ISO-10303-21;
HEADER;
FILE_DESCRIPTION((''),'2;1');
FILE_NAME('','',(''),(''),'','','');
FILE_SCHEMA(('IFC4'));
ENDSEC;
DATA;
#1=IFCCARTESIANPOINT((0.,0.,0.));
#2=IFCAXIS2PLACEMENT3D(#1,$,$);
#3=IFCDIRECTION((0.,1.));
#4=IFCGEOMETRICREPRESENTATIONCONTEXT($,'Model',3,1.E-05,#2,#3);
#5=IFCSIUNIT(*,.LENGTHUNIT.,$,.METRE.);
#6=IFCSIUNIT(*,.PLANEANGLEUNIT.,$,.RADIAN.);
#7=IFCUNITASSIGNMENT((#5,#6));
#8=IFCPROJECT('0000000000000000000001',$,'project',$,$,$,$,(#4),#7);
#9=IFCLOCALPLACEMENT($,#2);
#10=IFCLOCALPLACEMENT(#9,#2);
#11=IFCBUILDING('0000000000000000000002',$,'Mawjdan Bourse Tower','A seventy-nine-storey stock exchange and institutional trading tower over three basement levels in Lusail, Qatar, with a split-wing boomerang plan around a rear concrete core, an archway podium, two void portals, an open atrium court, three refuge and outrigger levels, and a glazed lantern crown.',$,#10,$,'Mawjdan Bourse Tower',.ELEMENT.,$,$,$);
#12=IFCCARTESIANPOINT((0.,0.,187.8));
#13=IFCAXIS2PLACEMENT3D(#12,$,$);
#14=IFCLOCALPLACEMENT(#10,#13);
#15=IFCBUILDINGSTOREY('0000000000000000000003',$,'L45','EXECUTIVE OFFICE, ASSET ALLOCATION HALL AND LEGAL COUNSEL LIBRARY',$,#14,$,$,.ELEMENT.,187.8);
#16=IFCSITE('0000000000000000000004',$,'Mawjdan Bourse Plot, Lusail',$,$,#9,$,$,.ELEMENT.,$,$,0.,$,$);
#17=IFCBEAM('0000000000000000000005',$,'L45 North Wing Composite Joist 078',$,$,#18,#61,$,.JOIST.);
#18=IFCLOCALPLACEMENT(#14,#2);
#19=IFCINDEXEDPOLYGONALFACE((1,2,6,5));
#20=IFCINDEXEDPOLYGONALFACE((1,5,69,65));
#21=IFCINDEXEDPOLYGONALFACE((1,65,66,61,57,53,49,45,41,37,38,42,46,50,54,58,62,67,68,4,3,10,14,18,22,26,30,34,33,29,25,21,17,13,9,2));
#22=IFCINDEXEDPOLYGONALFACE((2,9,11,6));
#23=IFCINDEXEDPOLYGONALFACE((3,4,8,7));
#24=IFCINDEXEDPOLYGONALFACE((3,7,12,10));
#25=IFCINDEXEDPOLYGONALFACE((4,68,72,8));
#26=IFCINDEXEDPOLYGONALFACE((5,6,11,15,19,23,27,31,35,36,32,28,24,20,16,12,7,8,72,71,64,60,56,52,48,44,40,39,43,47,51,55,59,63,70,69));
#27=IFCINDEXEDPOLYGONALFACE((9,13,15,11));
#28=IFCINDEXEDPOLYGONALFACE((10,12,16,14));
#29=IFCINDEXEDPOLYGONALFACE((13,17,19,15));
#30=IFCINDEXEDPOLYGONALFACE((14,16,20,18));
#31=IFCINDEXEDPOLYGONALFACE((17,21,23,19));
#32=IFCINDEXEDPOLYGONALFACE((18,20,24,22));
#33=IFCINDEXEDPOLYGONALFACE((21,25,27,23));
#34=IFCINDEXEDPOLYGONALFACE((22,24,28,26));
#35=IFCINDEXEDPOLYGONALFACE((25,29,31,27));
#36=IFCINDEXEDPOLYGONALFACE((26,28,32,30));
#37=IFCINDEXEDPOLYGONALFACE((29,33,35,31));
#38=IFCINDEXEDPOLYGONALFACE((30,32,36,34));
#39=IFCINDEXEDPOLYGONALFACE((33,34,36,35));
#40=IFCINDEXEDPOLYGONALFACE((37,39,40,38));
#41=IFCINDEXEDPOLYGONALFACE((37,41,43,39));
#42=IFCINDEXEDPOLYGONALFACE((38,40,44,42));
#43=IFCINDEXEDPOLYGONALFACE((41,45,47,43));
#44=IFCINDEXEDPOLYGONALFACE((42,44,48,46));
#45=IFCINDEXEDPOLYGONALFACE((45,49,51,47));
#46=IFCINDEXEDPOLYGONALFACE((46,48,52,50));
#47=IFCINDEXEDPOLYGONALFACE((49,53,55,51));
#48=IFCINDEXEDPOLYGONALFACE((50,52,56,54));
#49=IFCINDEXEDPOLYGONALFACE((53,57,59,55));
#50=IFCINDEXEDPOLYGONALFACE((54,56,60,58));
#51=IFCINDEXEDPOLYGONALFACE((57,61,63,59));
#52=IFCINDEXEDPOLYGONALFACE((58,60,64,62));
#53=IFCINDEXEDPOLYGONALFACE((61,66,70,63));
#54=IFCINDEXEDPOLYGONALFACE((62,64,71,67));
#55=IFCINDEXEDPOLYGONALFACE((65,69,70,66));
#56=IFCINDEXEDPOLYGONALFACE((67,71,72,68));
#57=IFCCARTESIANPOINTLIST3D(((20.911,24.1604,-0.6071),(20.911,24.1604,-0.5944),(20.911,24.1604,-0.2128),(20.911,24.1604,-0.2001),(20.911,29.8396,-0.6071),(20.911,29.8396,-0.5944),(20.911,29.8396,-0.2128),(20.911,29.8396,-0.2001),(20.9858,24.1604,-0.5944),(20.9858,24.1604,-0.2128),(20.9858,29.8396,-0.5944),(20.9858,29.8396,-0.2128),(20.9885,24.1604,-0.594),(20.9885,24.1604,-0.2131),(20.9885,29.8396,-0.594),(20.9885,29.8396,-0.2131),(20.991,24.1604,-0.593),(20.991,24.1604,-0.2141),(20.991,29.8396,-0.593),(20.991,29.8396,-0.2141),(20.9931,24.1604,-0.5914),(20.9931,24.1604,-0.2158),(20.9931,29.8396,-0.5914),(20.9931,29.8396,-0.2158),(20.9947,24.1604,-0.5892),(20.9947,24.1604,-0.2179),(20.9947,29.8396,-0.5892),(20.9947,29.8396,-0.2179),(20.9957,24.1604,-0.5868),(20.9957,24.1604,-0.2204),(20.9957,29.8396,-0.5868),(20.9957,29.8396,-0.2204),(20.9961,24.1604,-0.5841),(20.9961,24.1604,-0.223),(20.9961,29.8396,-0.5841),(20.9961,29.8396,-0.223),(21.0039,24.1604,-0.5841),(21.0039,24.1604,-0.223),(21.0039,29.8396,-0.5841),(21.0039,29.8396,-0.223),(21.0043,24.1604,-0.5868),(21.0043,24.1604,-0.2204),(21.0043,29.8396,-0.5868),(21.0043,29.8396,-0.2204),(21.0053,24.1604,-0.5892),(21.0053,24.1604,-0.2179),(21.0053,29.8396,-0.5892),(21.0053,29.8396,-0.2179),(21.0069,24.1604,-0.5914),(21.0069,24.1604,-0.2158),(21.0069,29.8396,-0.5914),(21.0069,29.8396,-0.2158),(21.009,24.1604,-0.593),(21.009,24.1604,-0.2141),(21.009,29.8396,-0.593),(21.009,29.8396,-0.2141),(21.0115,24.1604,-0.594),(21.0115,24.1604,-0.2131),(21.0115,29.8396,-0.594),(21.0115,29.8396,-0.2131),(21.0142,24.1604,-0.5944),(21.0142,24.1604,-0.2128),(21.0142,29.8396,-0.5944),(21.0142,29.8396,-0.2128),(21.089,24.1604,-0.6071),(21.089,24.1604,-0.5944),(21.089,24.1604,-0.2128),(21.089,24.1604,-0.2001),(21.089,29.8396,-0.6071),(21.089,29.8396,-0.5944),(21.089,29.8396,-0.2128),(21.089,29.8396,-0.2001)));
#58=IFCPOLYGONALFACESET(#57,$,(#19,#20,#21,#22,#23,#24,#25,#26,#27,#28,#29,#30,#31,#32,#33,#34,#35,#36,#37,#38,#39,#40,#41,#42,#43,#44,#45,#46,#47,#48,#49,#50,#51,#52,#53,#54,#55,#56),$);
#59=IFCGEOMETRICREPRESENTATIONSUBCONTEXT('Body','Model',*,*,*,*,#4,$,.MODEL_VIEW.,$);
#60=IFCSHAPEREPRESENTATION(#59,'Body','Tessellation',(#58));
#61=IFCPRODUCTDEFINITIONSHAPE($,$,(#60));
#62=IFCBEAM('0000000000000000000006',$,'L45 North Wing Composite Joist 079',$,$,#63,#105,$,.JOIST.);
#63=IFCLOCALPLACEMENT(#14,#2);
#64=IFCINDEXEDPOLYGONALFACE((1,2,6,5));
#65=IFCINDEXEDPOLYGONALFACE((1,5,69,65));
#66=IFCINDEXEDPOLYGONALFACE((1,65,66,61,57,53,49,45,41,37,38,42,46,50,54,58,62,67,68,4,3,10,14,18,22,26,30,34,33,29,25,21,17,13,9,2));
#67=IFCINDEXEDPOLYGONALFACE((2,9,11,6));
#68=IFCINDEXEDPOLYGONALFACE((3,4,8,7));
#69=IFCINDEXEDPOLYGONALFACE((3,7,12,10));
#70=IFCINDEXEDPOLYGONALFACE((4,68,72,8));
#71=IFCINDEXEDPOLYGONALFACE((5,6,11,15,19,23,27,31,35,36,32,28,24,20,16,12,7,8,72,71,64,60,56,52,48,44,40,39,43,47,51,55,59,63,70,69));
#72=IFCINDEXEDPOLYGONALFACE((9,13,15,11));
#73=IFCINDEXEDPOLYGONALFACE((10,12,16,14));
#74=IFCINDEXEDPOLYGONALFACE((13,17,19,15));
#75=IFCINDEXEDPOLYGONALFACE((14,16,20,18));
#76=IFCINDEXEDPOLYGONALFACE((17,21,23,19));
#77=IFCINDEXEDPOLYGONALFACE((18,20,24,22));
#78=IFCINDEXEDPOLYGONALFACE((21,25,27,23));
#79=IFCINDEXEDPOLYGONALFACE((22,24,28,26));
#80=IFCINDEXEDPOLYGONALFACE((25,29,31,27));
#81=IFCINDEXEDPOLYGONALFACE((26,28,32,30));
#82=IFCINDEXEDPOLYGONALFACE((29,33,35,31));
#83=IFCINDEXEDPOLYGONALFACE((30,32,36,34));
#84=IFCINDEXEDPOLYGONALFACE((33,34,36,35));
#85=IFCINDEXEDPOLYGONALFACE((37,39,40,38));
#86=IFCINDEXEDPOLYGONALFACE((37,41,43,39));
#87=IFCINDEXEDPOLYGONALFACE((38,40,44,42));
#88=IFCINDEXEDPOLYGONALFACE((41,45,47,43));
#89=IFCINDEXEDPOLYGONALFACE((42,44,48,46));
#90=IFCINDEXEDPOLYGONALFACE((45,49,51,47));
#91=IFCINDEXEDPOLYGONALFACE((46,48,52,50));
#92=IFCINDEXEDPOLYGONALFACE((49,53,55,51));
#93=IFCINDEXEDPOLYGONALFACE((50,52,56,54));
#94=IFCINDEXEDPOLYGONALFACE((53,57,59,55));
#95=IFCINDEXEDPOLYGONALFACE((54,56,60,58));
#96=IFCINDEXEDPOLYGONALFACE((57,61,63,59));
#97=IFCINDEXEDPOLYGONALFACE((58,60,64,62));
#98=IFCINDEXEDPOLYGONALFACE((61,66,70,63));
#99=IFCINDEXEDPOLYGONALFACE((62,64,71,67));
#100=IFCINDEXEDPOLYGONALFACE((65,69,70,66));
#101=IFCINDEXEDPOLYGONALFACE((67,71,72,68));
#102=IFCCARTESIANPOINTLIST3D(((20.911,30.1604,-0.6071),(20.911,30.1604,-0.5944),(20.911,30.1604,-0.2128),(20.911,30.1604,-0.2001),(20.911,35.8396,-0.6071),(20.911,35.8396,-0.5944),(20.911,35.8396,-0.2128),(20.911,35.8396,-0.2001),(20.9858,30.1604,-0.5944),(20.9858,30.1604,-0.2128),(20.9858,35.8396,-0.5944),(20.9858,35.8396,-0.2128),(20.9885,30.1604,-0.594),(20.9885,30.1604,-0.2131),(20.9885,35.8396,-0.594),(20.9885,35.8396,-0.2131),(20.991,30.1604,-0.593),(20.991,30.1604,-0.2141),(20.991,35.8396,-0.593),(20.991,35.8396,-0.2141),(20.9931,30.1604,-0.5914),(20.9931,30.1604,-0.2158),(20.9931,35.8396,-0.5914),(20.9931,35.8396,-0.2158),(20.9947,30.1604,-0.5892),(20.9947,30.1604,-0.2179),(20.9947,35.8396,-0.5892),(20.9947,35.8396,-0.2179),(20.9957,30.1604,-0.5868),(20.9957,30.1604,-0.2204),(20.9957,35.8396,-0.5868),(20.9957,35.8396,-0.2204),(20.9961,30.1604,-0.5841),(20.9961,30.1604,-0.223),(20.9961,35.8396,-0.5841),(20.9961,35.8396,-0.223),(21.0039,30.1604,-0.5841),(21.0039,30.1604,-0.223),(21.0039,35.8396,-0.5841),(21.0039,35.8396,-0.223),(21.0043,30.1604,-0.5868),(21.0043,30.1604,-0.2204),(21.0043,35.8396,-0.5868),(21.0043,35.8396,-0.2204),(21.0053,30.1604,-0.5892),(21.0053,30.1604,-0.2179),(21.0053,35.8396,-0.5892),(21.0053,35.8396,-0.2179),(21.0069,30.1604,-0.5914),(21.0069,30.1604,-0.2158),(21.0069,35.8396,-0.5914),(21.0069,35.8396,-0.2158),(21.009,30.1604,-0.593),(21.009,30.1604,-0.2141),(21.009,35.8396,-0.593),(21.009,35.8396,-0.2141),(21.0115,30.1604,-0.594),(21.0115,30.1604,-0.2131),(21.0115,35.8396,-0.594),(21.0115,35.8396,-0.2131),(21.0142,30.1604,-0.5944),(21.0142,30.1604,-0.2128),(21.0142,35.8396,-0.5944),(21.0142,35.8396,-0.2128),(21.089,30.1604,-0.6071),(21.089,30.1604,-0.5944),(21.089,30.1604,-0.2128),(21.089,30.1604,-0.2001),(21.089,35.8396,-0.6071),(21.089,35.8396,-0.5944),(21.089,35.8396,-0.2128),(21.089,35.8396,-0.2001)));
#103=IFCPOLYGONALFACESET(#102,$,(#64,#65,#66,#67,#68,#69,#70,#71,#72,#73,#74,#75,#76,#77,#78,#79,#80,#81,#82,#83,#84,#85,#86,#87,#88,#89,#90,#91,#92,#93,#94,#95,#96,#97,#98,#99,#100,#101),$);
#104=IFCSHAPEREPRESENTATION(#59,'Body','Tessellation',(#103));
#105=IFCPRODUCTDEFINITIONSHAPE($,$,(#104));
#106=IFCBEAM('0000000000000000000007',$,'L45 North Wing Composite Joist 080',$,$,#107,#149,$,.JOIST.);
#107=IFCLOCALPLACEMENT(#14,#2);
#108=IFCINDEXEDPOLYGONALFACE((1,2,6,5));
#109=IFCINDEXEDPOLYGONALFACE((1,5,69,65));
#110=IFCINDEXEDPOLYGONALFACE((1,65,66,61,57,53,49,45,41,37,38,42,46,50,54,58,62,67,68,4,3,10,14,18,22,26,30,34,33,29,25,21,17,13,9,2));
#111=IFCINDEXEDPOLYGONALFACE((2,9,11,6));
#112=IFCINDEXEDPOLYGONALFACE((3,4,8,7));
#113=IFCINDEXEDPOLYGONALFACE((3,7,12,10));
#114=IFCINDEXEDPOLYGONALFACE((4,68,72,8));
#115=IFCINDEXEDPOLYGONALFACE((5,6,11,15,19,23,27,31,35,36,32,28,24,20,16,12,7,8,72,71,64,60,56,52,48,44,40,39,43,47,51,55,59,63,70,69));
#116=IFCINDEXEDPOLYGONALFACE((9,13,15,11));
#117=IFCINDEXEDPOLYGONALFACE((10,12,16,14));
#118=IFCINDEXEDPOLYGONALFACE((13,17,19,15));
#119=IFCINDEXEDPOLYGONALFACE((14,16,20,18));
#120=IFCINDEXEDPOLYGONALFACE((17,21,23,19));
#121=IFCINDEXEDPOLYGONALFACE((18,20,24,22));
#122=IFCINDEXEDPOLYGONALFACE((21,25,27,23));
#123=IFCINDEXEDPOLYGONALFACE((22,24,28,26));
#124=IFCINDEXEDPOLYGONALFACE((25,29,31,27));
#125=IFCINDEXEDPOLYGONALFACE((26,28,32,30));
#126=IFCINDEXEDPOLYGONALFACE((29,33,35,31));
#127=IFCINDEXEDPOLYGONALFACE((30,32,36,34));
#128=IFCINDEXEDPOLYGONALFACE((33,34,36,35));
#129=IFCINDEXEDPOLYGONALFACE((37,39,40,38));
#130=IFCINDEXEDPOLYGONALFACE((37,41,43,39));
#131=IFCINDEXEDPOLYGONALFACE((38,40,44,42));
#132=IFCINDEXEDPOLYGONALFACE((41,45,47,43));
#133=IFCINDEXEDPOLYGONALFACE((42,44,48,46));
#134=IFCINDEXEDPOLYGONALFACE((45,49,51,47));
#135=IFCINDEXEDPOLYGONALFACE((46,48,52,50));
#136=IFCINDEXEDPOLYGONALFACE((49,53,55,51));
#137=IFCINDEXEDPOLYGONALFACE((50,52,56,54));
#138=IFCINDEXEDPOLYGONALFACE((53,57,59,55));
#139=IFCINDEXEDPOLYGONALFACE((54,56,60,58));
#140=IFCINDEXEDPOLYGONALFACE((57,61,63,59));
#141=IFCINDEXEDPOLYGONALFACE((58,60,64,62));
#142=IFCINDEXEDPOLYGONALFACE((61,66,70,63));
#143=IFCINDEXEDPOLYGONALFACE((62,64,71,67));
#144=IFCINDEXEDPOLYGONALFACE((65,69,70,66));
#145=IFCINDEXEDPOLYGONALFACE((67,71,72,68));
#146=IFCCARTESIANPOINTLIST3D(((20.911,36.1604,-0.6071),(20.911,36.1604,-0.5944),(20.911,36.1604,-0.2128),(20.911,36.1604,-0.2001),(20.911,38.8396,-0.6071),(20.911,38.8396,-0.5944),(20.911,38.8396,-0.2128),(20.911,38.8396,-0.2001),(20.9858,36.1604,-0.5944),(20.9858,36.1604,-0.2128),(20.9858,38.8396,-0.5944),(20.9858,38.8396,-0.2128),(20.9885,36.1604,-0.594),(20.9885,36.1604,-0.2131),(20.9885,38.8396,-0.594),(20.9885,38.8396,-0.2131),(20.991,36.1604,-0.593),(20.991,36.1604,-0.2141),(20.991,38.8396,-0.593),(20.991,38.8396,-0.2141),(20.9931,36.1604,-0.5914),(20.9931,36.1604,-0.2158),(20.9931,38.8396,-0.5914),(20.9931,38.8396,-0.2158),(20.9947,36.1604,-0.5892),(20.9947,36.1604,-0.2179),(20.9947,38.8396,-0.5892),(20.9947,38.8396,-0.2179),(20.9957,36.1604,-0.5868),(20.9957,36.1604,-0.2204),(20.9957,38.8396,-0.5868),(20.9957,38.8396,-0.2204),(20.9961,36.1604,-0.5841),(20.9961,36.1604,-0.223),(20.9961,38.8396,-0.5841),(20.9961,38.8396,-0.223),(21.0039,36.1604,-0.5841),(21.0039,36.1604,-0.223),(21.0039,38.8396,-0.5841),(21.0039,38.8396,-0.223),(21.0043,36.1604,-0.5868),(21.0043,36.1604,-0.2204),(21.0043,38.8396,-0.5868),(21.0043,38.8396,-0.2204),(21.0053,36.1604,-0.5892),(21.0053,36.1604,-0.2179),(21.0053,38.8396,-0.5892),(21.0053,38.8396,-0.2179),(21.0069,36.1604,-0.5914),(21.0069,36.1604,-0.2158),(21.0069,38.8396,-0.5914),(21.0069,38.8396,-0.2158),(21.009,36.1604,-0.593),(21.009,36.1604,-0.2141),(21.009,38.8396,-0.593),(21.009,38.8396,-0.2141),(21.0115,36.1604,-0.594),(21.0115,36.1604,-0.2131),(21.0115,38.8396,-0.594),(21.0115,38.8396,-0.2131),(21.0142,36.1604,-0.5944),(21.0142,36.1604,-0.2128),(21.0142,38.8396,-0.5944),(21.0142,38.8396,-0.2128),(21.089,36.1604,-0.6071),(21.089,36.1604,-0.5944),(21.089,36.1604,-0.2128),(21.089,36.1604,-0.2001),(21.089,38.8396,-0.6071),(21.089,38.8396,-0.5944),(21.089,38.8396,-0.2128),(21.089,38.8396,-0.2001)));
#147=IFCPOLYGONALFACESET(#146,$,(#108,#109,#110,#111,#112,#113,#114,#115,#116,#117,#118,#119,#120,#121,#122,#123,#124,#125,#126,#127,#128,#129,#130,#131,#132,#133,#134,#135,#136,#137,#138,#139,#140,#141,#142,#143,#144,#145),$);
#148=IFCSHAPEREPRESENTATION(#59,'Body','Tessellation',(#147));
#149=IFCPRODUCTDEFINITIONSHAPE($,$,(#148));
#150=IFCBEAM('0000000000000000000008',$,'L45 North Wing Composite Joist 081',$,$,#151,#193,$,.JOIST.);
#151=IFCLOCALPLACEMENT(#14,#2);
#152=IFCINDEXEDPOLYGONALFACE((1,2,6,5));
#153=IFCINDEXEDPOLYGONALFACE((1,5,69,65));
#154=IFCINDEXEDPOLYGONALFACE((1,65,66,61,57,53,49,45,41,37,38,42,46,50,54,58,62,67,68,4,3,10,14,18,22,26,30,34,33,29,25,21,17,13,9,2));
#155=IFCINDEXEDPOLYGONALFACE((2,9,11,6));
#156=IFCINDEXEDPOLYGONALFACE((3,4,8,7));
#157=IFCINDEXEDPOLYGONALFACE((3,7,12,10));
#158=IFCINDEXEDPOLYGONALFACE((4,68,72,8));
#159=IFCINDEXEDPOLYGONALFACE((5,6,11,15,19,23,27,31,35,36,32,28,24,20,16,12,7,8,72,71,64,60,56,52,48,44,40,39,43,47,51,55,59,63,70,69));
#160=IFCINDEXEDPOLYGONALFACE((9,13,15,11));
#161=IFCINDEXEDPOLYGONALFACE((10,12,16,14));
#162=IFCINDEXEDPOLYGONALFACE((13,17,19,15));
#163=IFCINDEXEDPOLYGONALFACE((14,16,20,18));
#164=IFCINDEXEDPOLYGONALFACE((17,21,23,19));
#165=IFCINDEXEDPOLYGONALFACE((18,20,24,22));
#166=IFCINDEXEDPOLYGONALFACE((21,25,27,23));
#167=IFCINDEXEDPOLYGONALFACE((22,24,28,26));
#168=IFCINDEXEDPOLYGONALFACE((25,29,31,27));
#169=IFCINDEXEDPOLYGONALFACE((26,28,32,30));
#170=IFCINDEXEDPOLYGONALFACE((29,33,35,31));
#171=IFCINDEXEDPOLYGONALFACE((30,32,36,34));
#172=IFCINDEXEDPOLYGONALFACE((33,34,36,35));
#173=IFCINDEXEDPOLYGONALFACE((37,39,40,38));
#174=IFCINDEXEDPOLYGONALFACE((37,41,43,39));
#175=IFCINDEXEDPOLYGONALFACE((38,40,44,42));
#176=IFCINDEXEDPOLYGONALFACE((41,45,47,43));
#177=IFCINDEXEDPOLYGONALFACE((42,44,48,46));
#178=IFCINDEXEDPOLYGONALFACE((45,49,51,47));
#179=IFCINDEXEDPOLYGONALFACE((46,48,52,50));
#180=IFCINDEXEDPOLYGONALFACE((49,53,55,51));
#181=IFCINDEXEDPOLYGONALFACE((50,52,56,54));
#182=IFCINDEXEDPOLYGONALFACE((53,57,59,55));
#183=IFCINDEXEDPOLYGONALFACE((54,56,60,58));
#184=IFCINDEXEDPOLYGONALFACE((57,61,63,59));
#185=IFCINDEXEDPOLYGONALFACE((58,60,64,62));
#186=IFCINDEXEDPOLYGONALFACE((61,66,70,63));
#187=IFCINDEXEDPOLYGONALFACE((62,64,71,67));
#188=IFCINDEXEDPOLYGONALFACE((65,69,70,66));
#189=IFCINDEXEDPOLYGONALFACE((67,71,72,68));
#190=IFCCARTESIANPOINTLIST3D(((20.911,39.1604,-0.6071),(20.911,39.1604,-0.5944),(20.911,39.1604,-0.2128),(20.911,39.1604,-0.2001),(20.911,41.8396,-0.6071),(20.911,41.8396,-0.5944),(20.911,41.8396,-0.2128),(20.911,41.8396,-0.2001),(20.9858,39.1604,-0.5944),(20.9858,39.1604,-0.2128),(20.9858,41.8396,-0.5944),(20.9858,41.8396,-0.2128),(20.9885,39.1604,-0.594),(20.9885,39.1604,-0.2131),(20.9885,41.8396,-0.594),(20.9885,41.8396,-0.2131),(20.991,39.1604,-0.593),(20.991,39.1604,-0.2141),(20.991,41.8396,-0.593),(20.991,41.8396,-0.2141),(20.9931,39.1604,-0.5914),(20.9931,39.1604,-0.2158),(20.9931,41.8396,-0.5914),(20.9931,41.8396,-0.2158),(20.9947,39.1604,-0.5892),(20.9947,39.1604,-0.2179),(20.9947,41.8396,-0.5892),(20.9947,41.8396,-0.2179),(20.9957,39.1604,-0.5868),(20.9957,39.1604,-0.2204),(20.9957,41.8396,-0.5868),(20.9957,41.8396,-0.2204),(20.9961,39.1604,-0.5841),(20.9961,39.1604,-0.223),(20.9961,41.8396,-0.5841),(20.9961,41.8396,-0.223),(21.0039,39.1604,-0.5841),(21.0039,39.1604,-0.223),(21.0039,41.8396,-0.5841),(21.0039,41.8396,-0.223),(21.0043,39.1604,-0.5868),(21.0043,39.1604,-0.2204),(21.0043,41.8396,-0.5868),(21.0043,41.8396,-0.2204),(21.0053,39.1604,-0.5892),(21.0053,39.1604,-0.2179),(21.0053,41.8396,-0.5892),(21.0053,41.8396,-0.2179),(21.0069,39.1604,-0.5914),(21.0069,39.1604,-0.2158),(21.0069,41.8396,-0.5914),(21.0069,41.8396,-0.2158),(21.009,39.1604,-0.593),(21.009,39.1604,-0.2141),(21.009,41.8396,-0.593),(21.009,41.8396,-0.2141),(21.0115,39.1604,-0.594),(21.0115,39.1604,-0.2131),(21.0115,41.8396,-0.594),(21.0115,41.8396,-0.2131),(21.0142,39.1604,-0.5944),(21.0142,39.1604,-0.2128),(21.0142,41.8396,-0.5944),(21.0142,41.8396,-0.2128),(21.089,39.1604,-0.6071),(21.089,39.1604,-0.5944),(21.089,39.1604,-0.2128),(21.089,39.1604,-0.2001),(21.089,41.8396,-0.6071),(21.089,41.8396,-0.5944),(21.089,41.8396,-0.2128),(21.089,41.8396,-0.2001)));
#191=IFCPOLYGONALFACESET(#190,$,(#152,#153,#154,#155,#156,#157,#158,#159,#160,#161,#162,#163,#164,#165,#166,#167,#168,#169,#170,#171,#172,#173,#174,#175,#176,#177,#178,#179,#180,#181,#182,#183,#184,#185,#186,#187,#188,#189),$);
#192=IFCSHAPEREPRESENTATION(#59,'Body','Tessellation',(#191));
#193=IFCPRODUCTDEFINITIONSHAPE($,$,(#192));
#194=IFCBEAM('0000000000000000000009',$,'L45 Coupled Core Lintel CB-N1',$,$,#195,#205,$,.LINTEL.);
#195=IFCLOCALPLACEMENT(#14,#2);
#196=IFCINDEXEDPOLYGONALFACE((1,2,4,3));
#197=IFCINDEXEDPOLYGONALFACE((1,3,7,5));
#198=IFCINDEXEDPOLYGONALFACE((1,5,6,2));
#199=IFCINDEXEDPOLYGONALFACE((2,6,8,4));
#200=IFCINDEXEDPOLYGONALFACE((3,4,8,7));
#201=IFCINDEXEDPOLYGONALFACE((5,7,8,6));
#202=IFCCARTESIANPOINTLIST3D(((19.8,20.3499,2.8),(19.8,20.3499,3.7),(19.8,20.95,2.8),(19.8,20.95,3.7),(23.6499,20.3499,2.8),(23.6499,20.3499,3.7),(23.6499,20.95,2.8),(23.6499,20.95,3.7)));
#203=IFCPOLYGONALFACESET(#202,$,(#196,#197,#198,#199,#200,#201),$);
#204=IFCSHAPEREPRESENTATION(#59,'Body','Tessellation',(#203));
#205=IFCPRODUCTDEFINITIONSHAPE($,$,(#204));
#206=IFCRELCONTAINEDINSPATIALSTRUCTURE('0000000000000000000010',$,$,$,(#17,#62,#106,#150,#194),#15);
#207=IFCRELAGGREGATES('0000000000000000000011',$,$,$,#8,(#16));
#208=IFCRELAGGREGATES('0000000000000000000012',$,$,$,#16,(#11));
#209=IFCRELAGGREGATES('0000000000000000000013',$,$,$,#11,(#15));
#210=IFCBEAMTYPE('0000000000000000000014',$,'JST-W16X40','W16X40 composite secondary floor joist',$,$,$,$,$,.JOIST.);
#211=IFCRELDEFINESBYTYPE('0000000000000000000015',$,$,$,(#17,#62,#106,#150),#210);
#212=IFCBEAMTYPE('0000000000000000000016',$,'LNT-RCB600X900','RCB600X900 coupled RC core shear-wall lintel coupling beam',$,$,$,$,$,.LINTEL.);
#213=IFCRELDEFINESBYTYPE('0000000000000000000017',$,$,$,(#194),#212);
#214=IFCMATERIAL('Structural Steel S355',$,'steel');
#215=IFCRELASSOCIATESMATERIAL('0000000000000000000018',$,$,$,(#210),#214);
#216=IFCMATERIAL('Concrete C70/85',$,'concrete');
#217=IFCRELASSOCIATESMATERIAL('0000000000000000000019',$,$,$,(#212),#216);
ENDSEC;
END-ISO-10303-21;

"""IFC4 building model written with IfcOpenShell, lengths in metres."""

from ifc_helpers import new_model, si_unit, direction, frame, origin, origin_2d, place, context, subcontext, project, spatial, rectangle, i_section, extrude, material, material_profile, profile_set, type_object, element, save


model = new_model("IFC4")

# Units and contexts
model_context = context("Model", 3, precision=1e-05, world=origin(), true_north=direction((0.0, 1.0)))
body_context = subcontext(model_context, "Body", "Model", "MODEL_VIEW")
ifc_project = project(units=[si_unit("LENGTHUNIT", "METRE"), si_unit("PLANEANGLEUNIT", "RADIAN")], contexts=[model_context])

# Site, building, storey
site_placement = place(None, origin())
site = spatial("IfcSite", under=ifc_project, at=site_placement, Name="Mawjdan Bourse Plot, Lusail", CompositionType="ELEMENT", RefElevation=0.0)
building_placement = place(site_placement, origin())
building = spatial("IfcBuilding", under=site, at=building_placement, Name="Mawjdan Bourse Tower", Description="A seventy-nine-storey stock exchange and institutional trading tower over three basement levels in Lusail, Qatar, with a split-wing boomerang plan around a rear concrete core, an archway podium, two void portals, an open atrium court, three refuge and outrigger levels, and a glazed lantern crown.", LongName="Mawjdan Bourse Tower", CompositionType="ELEMENT")
storey_placement = place(building_placement, frame((0.0, 0.0, 187.8)))
storey = spatial("IfcBuildingStorey", under=building, at=storey_placement, Name="L45", Description="EXECUTIVE OFFICE, ASSET ALLOCATION HALL AND LEGAL COUNSEL LIBRARY", CompositionType="ELEMENT", Elevation=187.8)

# Shared definitions
ifc_material_1 = material(Name="Concrete C70/85", Category="concrete")

# Beams
ifc_material_2 = material(Name="Structural Steel S355", Category="steel")
ifc_material_profile_1 = material_profile(ifc_material_2, i_section(OverallWidth=0.178, OverallDepth=0.407, WebThickness=0.0078, FlangeThickness=0.0127, FilletRadius=0.0103, at=origin_2d()), Name="W16X40")
ifc_profile_set_1 = profile_set([ifc_material_profile_1], Name="Structural Steel S355")
beam_type_1 = type_object("IfcBeamType", Name="JST-W16X40", Description="W16X40 composite secondary floor joist", PredefinedType="JOIST", material=ifc_profile_set_1)
for number, where, z_axis, x_axis, name in (
    (1, (21.0, 24.1604, -0.4036), (0.0, 1.0, 0.0), (-1.0, 0.0, 0.0), "L45 North Wing Composite Joist 078"),
    (2, (21.0, 30.1604, -0.4036), (0.0, 1.0, 0.0), (-1.0, 0.0, 0.0), "L45 North Wing Composite Joist 079"),
):
    element("IfcBeam", number, at=place(storey_placement, frame(where, z_axis=z_axis, x_axis=x_axis)), inside=storey, type_object=beam_type_1, Name=name, PredefinedType="JOIST", context=body_context, shape_type="SweptSolid", body=[
        extrude(i_section(OverallWidth=0.178, OverallDepth=0.407, WebThickness=0.0078, FlangeThickness=0.0127, FilletRadius=0.0103, at=origin_2d()), origin(), (0.0, 0.0, 1.0), 5.6792),
    ])
for number, where, z_axis, x_axis, name in (
    (3, (21.0, 36.1604, -0.4036), (0.0, 1.0, 0.0), (-1.0, 0.0, 0.0), "L45 North Wing Composite Joist 080"),
    (4, (21.0, 39.1604, -0.4036), (0.0, 1.0, 0.0), (-1.0, 0.0, 0.0), "L45 North Wing Composite Joist 081"),
):
    element("IfcBeam", number, at=place(storey_placement, frame(where, z_axis=z_axis, x_axis=x_axis)), inside=storey, type_object=beam_type_1, Name=name, PredefinedType="JOIST", context=body_context, shape_type="SweptSolid", body=[
        extrude(i_section(OverallWidth=0.178, OverallDepth=0.407, WebThickness=0.0078, FlangeThickness=0.0127, FilletRadius=0.0103, at=origin_2d()), origin(), (0.0, 0.0, 1.0), 2.6792),
    ])
ifc_material_profile_2 = material_profile(ifc_material_1, rectangle(XDim=0.6001, YDim=0.8999, at=origin_2d()), Name="RCB600X900")
ifc_profile_set_2 = profile_set([ifc_material_profile_2], Name="Concrete C70/85")
beam_type_2 = type_object("IfcBeamType", Name="LNT-RCB600X900", Description="RCB600X900 coupled RC core shear-wall lintel coupling beam", PredefinedType="LINTEL", material=ifc_profile_set_2)
beam_1_placement = place(storey_placement, frame((19.8, 20.6499, 3.25), z_axis=(1.0, 0.0, 0.0), x_axis=(0.0, 1.0, 0.0)))
element("IfcBeam", 5, at=beam_1_placement, inside=storey, type_object=beam_type_2, Name="L45 Coupled Core Lintel CB-N1", PredefinedType="LINTEL", context=body_context, shape_type="SweptSolid", body=[
    extrude(rectangle(XDim=0.6001, YDim=0.8999, at=origin_2d()), origin(), (0.0, 0.0, 1.0), 3.8499),
])

save(model, "model.ifc")
